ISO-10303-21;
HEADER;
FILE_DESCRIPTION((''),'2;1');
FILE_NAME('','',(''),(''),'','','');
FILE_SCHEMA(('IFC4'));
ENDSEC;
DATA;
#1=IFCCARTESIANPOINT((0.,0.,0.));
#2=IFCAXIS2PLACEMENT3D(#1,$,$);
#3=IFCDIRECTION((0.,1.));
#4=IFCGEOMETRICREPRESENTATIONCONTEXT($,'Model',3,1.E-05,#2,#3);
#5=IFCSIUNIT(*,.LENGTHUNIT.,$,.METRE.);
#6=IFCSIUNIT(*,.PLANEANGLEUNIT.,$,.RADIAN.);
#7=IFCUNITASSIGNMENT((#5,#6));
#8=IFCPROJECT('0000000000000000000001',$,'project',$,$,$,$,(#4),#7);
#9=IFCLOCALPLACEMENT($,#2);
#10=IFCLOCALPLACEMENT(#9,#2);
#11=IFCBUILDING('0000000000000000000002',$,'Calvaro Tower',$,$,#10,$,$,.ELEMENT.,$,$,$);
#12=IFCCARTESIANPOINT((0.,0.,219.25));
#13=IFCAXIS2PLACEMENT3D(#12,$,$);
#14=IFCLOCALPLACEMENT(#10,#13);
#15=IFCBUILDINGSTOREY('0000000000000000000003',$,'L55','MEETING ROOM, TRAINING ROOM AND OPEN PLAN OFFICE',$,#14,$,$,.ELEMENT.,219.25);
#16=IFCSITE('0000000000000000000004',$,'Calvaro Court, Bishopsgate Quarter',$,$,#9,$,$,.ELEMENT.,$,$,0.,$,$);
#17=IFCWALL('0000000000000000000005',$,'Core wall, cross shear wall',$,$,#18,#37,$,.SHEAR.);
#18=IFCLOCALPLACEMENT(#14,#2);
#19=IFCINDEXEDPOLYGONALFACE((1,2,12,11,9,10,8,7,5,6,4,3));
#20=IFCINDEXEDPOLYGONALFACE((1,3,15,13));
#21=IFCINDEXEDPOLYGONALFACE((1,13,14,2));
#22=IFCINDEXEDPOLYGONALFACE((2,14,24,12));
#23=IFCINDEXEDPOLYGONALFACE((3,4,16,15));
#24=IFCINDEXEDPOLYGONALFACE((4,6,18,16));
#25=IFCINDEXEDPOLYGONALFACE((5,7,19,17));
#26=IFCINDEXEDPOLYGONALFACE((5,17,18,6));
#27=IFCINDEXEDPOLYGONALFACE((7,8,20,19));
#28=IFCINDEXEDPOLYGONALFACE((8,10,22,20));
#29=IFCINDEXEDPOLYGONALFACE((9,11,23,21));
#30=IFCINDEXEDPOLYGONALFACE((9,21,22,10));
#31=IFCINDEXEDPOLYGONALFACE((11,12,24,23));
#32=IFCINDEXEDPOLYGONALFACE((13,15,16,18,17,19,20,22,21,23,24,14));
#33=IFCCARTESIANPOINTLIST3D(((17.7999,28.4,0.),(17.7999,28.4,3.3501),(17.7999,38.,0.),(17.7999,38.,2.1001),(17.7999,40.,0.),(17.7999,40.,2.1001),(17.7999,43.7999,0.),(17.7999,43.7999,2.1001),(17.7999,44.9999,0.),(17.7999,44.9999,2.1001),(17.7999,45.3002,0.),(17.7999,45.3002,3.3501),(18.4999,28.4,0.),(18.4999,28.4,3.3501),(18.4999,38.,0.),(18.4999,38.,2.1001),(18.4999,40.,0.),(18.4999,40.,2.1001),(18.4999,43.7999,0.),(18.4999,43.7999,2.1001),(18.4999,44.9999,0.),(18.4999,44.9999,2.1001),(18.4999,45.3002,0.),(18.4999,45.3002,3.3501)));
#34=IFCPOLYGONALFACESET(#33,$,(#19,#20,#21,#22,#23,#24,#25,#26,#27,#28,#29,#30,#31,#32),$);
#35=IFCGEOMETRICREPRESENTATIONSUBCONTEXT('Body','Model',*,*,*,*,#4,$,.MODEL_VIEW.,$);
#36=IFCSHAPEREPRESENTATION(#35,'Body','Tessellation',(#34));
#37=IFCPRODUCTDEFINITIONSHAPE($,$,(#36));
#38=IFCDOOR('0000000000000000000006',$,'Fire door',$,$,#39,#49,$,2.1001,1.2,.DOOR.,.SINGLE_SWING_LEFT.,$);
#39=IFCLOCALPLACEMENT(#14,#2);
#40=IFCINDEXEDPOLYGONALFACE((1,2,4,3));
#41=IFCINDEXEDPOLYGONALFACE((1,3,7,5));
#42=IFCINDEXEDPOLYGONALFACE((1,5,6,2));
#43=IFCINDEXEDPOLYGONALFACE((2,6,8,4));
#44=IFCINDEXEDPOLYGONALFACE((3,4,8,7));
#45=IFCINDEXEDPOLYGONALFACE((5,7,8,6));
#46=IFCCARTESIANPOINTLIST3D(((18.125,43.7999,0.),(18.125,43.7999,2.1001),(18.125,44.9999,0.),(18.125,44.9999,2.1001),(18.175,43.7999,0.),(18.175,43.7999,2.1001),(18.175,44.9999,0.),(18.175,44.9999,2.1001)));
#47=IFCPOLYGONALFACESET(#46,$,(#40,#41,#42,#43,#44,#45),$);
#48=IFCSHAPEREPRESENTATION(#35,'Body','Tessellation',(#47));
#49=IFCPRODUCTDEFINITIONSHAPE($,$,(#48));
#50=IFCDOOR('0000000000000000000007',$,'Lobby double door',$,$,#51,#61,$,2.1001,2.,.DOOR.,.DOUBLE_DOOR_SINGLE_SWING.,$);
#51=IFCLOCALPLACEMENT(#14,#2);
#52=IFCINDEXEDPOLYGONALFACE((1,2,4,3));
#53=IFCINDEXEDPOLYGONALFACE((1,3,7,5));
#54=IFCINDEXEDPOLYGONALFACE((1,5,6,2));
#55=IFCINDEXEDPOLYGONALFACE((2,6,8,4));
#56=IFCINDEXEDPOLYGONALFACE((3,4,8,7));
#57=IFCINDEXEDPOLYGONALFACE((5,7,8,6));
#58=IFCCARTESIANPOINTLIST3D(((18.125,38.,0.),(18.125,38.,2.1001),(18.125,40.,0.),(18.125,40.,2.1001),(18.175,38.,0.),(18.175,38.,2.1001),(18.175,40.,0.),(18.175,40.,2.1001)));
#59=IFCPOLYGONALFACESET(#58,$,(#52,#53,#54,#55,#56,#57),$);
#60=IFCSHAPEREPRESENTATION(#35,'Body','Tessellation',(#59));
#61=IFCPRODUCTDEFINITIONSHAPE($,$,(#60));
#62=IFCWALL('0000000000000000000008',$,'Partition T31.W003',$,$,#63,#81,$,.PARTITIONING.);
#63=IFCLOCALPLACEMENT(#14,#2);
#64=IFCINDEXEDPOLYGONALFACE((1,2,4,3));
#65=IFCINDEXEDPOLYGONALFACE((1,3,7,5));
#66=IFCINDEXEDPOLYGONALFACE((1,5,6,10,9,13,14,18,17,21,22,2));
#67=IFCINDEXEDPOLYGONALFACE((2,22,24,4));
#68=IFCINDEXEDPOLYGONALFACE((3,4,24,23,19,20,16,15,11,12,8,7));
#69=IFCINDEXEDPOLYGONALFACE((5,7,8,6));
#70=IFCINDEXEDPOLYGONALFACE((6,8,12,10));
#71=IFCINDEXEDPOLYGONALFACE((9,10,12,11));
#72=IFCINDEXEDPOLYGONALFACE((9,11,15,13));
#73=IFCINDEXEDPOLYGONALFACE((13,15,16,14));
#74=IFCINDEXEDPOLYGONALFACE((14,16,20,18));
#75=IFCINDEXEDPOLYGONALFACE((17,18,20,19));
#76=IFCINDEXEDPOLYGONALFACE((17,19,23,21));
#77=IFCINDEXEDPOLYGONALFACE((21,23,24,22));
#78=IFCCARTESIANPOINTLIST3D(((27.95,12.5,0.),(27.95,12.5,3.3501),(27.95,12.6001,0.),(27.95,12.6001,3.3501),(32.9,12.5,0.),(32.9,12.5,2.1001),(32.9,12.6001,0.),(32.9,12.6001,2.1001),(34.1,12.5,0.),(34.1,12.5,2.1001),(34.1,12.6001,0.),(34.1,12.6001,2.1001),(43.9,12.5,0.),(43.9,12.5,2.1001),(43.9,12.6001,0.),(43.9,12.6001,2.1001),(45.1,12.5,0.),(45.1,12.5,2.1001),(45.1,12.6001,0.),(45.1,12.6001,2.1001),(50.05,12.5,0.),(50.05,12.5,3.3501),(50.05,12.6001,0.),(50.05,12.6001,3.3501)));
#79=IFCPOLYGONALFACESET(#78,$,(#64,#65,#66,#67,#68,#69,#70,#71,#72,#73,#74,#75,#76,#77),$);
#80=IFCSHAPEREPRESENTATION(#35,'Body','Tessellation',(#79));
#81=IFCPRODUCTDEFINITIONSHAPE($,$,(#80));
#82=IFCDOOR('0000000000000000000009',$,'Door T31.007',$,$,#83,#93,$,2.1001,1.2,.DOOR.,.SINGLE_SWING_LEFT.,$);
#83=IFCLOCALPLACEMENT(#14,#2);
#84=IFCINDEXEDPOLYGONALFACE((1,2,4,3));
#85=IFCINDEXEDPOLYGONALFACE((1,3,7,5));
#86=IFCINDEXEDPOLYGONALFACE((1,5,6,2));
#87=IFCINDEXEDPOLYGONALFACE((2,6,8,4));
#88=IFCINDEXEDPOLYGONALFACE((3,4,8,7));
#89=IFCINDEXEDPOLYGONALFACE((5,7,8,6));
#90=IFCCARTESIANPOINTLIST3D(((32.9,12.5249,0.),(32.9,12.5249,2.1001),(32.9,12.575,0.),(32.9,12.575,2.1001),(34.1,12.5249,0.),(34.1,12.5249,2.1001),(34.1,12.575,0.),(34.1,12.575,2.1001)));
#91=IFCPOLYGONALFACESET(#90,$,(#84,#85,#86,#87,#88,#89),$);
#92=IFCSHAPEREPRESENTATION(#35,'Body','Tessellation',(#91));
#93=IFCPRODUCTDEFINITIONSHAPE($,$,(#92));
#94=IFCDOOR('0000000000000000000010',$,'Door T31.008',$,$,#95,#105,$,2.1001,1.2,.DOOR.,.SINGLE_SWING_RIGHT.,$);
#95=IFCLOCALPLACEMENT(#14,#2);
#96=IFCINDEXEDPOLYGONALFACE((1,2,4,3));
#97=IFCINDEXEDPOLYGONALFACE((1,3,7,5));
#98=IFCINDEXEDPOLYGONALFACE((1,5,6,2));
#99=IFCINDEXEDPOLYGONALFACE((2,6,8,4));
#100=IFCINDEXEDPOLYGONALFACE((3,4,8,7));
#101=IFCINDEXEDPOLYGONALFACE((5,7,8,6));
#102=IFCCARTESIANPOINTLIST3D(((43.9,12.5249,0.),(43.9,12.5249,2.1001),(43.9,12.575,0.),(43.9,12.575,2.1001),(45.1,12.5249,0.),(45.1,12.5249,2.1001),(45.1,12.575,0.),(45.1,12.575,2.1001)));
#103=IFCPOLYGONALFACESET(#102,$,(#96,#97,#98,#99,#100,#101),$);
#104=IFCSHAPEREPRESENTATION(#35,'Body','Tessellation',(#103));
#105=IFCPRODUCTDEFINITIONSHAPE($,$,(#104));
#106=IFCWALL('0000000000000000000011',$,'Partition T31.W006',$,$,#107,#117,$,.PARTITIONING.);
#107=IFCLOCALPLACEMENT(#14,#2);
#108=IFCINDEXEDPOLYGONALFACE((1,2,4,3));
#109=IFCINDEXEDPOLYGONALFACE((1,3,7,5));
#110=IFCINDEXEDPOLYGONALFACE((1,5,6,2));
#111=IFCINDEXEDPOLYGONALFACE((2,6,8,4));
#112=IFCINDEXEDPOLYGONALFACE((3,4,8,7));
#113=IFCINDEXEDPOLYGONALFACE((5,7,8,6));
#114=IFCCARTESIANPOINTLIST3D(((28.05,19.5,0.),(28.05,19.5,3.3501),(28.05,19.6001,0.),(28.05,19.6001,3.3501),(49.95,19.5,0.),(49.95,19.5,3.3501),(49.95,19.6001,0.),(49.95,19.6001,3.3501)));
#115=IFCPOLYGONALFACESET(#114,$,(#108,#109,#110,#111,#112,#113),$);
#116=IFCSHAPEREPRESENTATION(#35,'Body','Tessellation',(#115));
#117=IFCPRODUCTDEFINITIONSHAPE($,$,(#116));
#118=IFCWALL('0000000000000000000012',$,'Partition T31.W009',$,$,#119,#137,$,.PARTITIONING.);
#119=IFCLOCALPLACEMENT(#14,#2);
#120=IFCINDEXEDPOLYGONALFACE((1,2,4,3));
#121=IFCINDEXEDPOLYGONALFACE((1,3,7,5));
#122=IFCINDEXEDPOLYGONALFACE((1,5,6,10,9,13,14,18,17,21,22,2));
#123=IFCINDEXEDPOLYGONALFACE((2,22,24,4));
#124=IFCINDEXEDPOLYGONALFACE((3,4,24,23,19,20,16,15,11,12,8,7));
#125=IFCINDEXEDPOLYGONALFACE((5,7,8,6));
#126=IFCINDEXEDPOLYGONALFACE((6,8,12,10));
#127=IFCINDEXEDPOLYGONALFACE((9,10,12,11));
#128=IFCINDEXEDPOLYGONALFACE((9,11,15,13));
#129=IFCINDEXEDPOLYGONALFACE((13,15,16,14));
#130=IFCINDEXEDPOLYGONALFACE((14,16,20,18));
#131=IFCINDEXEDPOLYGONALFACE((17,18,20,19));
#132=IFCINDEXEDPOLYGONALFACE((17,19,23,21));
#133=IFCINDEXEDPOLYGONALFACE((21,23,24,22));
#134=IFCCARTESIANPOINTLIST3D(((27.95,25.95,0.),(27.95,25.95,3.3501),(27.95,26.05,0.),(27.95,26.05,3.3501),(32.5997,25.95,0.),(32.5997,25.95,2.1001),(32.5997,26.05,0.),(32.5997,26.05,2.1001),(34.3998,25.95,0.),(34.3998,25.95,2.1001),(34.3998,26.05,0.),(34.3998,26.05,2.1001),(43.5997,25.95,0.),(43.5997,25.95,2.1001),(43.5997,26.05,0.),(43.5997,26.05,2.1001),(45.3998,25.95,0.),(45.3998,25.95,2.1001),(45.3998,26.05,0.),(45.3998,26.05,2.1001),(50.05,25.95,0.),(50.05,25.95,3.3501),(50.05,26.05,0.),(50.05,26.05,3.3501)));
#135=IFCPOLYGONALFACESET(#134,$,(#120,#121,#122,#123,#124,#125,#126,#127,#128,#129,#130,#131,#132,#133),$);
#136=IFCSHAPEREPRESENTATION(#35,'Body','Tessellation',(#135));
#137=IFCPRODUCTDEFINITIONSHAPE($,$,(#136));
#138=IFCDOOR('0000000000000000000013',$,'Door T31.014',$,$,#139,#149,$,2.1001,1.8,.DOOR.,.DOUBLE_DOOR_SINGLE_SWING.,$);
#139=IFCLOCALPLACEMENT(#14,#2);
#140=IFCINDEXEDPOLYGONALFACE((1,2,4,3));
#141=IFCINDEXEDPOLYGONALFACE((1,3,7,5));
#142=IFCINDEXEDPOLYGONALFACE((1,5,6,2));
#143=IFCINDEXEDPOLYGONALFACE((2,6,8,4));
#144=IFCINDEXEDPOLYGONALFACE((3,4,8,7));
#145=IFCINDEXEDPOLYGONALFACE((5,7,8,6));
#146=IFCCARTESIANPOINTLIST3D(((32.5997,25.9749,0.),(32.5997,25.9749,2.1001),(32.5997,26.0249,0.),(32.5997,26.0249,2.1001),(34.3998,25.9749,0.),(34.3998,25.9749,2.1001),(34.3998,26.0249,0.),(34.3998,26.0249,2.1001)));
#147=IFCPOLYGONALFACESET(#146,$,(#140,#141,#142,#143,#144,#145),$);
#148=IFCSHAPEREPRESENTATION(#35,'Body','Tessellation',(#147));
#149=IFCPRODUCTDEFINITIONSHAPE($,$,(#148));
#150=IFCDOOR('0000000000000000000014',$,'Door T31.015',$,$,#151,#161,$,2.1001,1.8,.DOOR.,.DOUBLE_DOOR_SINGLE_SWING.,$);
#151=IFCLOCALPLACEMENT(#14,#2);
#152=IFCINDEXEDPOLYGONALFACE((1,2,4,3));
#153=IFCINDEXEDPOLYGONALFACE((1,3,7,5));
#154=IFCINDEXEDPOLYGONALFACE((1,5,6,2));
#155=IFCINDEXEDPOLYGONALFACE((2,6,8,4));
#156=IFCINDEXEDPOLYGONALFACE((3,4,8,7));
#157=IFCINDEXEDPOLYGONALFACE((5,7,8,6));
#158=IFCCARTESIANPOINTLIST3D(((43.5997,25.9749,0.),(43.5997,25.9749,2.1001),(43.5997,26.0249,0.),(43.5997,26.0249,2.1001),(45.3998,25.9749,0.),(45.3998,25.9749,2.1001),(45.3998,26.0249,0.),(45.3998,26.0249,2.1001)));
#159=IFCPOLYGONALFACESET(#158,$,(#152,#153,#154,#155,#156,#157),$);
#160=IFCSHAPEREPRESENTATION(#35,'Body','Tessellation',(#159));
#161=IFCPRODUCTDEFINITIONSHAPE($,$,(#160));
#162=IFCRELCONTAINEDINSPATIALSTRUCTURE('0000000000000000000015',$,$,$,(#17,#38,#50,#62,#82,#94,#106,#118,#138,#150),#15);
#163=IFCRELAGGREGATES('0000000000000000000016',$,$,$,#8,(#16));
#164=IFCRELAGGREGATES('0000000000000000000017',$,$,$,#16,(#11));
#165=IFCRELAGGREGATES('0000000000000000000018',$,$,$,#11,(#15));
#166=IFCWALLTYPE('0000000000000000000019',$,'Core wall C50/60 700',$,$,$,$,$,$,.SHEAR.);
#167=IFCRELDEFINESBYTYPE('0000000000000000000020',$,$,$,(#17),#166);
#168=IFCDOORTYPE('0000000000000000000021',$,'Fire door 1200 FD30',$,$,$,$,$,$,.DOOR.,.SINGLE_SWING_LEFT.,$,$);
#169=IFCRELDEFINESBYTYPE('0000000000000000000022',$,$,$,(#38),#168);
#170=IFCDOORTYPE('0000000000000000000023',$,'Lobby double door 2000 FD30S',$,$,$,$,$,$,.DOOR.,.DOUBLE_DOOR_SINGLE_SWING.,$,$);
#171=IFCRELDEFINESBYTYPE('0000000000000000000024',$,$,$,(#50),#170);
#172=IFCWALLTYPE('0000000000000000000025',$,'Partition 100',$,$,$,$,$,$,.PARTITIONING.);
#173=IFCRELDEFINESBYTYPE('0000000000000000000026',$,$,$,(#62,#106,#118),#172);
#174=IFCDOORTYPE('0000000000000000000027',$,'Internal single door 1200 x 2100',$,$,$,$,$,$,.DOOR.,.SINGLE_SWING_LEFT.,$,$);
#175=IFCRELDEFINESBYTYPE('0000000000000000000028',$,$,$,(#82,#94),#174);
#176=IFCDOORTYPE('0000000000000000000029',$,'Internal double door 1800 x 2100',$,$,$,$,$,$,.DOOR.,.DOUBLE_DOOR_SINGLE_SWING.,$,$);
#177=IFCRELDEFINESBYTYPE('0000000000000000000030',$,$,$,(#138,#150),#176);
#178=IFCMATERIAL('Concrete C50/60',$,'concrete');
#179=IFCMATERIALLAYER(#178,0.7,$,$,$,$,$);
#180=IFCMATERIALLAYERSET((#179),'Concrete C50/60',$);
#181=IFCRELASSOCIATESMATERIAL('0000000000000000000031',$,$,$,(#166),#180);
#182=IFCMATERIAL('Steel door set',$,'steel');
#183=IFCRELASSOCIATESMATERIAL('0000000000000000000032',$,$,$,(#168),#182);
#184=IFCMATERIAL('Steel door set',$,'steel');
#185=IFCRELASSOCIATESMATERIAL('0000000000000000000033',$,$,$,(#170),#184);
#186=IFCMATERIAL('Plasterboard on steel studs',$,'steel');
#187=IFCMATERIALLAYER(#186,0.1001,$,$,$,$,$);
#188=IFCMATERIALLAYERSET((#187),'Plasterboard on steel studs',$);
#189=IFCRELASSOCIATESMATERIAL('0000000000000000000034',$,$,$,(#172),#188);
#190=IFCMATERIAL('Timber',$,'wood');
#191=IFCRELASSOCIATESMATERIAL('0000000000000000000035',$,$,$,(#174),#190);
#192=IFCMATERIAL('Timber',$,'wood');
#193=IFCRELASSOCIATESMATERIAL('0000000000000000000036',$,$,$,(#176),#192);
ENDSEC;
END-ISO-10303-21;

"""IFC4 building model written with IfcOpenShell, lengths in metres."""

from ifc_helpers import new_model, si_unit, direction, frame, frame_2d, origin, place, context, subcontext, project, spatial, rectangle, extrude, material, layer, layer_set, type_object, element, fill, save


model = new_model("IFC4")

# Units and contexts
model_context = context("Model", 3, precision=1e-05, world=origin(), true_north=direction((0.0, 1.0)))
body_context = subcontext(model_context, "Body", "Model", "MODEL_VIEW")
ifc_project = project(units=[si_unit("LENGTHUNIT", "METRE"), si_unit("PLANEANGLEUNIT", "RADIAN")], contexts=[model_context])

# Site, building, storey
site_placement = place(None, origin())
site = spatial("IfcSite", under=ifc_project, at=site_placement, Name="Calvaro Court, Bishopsgate Quarter", CompositionType="ELEMENT", RefElevation=0.0)
building_placement = place(site_placement, origin())
building = spatial("IfcBuilding", under=site, at=building_placement, Name="Calvaro Tower", CompositionType="ELEMENT")
storey_placement = place(building_placement, frame((0.0, 0.0, 219.25)))
storey = spatial("IfcBuildingStorey", under=building, at=storey_placement, Name="L55", Description="MEETING ROOM, TRAINING ROOM AND OPEN PLAN OFFICE", CompositionType="ELEMENT", Elevation=219.25)

# Walls, openings, doors
ifc_material_1 = material(Name="Concrete C50/60", Category="concrete")
ifc_layer_1 = layer(ifc_material_1, 0.7)
ifc_layer_set_1 = layer_set([ifc_layer_1], Name="Concrete C50/60")
wall_type_1 = type_object("IfcWallType", Name="Core wall C50/60 700", PredefinedType="SHEAR", material=ifc_layer_set_1)
wall_1_placement = place(storey_placement, frame((18.1499, 28.3999, 0.0), z_axis=(0.0, 0.0, 1.0), x_axis=(0.0, 1.0, 0.0)))
wall_1 = element("IfcWall", 1, at=wall_1_placement, inside=storey, type_object=wall_type_1, Name="Core wall, cross shear wall", PredefinedType="SHEAR", context=body_context, shape_type="SweptSolid", body=[
    extrude(rectangle(XDim=16.9001, YDim=0.7, at=frame_2d((8.4502, 0.0))), origin(), (0.0, 0.0, 1.0), 3.3501),
])
opening_1_placement = place(wall_1_placement, frame((9.6001, 0.0, 0.0)))
opening_1 = element("IfcOpeningElement", 2, at=opening_1_placement, cuts=wall_1, PredefinedType="OPENING", context=body_context, shape_type="SweptSolid", body=[
    extrude(rectangle(XDim=2.0, YDim=2.1001, at=frame_2d((1.0, 1.05))), frame((0.0, 0.3599, 0.0), z_axis=(0.0, -1.0, 0.0), x_axis=(1.0, 0.0, 0.0)), (0.0, 0.0, 1.0), 0.72),
])
opening_2_placement = place(wall_1_placement, frame((15.3999, 0.0, 0.0)))
opening_2 = element("IfcOpeningElement", 3, at=opening_2_placement, cuts=wall_1, PredefinedType="OPENING", context=body_context, shape_type="SweptSolid", body=[
    extrude(rectangle(XDim=1.2, YDim=2.1001, at=frame_2d((0.6001, 1.05))), frame((0.0, 0.3599, 0.0), z_axis=(0.0, -1.0, 0.0), x_axis=(1.0, 0.0, 0.0)), (0.0, 0.0, 1.0), 0.72),
])
ifc_material_2 = material(Name="Steel door set", Category="steel")
door_type_1 = type_object("IfcDoorType", Name="Fire door 1200 FD30", OperationType="SINGLE_SWING_LEFT", PredefinedType="DOOR", material=ifc_material_2)
door_1_placement = place(opening_2_placement, origin())
door_1 = element("IfcDoor", 4, at=door_1_placement, inside=storey, type_object=door_type_1, Name="Fire door", OperationType="SINGLE_SWING_LEFT", OverallHeight=2.1001, OverallWidth=1.2, PredefinedType="DOOR", context=body_context, shape_type="SweptSolid", body=[
    extrude(rectangle(XDim=1.2, YDim=2.1001, at=frame_2d((0.6001, 1.05))), frame((0.0, 0.0249, 0.0), z_axis=(0.0, -1.0, 0.0), x_axis=(1.0, 0.0, 0.0)), (0.0, 0.0, 1.0), 0.05),
])
fill(opening_2, door_1)
ifc_material_3 = material(Name="Steel door set", Category="steel")
door_type_2 = type_object("IfcDoorType", Name="Lobby double door 2000 FD30S", OperationType="DOUBLE_DOOR_SINGLE_SWING", PredefinedType="DOOR", material=ifc_material_3)
door_2_placement = place(opening_1_placement, origin())
door_2 = element("IfcDoor", 5, at=door_2_placement, inside=storey, type_object=door_type_2, Name="Lobby double door", OperationType="DOUBLE_DOOR_SINGLE_SWING", OverallHeight=2.1001, OverallWidth=2.0, PredefinedType="DOOR", context=body_context, shape_type="SweptSolid", body=[
    extrude(rectangle(XDim=2.0, YDim=2.1001, at=frame_2d((1.0, 1.05))), frame((0.0, 0.0249, 0.0), z_axis=(0.0, -1.0, 0.0), x_axis=(1.0, 0.0, 0.0)), (0.0, 0.0, 1.0), 0.05),
])
fill(opening_1, door_2)
ifc_material_4 = material(Name="Plasterboard on steel studs", Category="steel")
ifc_layer_2 = layer(ifc_material_4, 0.1001)
ifc_layer_set_2 = layer_set([ifc_layer_2], Name="Plasterboard on steel studs")
wall_type_2 = type_object("IfcWallType", Name="Partition 100", PredefinedType="PARTITIONING", material=ifc_layer_set_2)
wall_2_placement = place(storey_placement, frame((27.95, 12.55, 0.0), z_axis=(0.0, 0.0, 1.0), x_axis=(1.0, 0.0, 0.0)))
wall_2 = element("IfcWall", 6, at=wall_2_placement, inside=storey, type_object=wall_type_2, Name="Partition T31.W003", PredefinedType="PARTITIONING", context=body_context, shape_type="SweptSolid", body=[
    extrude(rectangle(XDim=22.1001, YDim=0.1001, at=frame_2d((11.05, 0.0))), origin(), (0.0, 0.0, 1.0), 3.3501),
])
opening_3_placement = place(wall_2_placement, frame((4.95, 0.0, 0.0)))
opening_3 = element("IfcOpeningElement", 7, at=opening_3_placement, cuts=wall_2, PredefinedType="OPENING", context=body_context, shape_type="SweptSolid", body=[
    extrude(rectangle(XDim=1.2, YDim=2.1001, at=frame_2d((0.6001, 1.05))), frame((0.0, 0.0601, 0.0), z_axis=(0.0, -1.0, 0.0), x_axis=(1.0, 0.0, 0.0)), (0.0, 0.0, 1.0), 0.1201),
])
opening_4_placement = place(wall_2_placement, frame((15.95, 0.0, 0.0)))
opening_4 = element("IfcOpeningElement", 8, at=opening_4_placement, cuts=wall_2, PredefinedType="OPENING", context=body_context, shape_type="SweptSolid", body=[
    extrude(rectangle(XDim=1.2, YDim=2.1001, at=frame_2d((0.6001, 1.05))), frame((0.0, 0.0601, 0.0), z_axis=(0.0, -1.0, 0.0), x_axis=(1.0, 0.0, 0.0)), (0.0, 0.0, 1.0), 0.1201),
])
ifc_material_5 = material(Name="Timber", Category="wood")
door_type_3 = type_object("IfcDoorType", Name="Internal single door 1200 x 2100", OperationType="SINGLE_SWING_LEFT", PredefinedType="DOOR", material=ifc_material_5)
door_3_placement = place(opening_3_placement, origin())
door_3 = element("IfcDoor", 9, at=door_3_placement, inside=storey, type_object=door_type_3, Name="Door T31.007", OperationType="SINGLE_SWING_LEFT", OverallHeight=2.1001, OverallWidth=1.2, PredefinedType="DOOR", context=body_context, shape_type="SweptSolid", body=[
    extrude(rectangle(XDim=1.2, YDim=2.1001, at=frame_2d((0.6001, 1.05))), frame((0.0, 0.0249, 0.0), z_axis=(0.0, -1.0, 0.0), x_axis=(1.0, 0.0, 0.0)), (0.0, 0.0, 1.0), 0.05),
])
fill(opening_3, door_3)
door_4_placement = place(opening_4_placement, origin())
door_4 = element("IfcDoor", 10, at=door_4_placement, inside=storey, type_object=door_type_3, Name="Door T31.008", OperationType="SINGLE_SWING_RIGHT", OverallHeight=2.1001, OverallWidth=1.2, PredefinedType="DOOR", context=body_context, shape_type="SweptSolid", body=[
    extrude(rectangle(XDim=1.2, YDim=2.1001, at=frame_2d((0.6001, 1.05))), frame((0.0, 0.0249, 0.0), z_axis=(0.0, -1.0, 0.0), x_axis=(1.0, 0.0, 0.0)), (0.0, 0.0, 1.0), 0.05),
])
fill(opening_4, door_4)

# Wall
wall_3_placement = place(storey_placement, frame((28.05, 19.55, 0.0), z_axis=(0.0, 0.0, 1.0), x_axis=(1.0, 0.0, 0.0)))
element("IfcWall", 11, at=wall_3_placement, inside=storey, type_object=wall_type_2, Name="Partition T31.W006", PredefinedType="PARTITIONING", context=body_context, shape_type="SweptSolid", body=[
    extrude(rectangle(XDim=21.8999, YDim=0.1001, at=frame_2d((10.95, 0.0))), origin(), (0.0, 0.0, 1.0), 3.3501),
])

# Wall, openings, doors
wall_4_placement = place(storey_placement, frame((27.95, 26.0, 0.0), z_axis=(0.0, 0.0, 1.0), x_axis=(1.0, 0.0, 0.0)))
wall_4 = element("IfcWall", 12, at=wall_4_placement, inside=storey, type_object=wall_type_2, Name="Partition T31.W009", PredefinedType="PARTITIONING", context=body_context, shape_type="SweptSolid", body=[
    extrude(rectangle(XDim=22.1001, YDim=0.1001, at=frame_2d((11.05, 0.0))), origin(), (0.0, 0.0, 1.0), 3.3501),
])
opening_5_placement = place(wall_4_placement, frame((4.6499, 0.0, 0.0)))
opening_5 = element("IfcOpeningElement", 13, at=opening_5_placement, cuts=wall_4, PredefinedType="OPENING", context=body_context, shape_type="SweptSolid", body=[
    extrude(rectangle(XDim=1.8, YDim=2.1001, at=frame_2d((0.8999, 1.05))), frame((0.0, 0.0601, 0.0), z_axis=(0.0, -1.0, 0.0), x_axis=(1.0, 0.0, 0.0)), (0.0, 0.0, 1.0), 0.1201),
])
opening_6_placement = place(wall_4_placement, frame((15.6499, 0.0, 0.0)))
opening_6 = element("IfcOpeningElement", 14, at=opening_6_placement, cuts=wall_4, PredefinedType="OPENING", context=body_context, shape_type="SweptSolid", body=[
    extrude(rectangle(XDim=1.8, YDim=2.1001, at=frame_2d((0.8999, 1.05))), frame((0.0, 0.0601, 0.0), z_axis=(0.0, -1.0, 0.0), x_axis=(1.0, 0.0, 0.0)), (0.0, 0.0, 1.0), 0.1201),
])
ifc_material_6 = material(Name="Timber", Category="wood")
door_type_4 = type_object("IfcDoorType", Name="Internal double door 1800 x 2100", OperationType="DOUBLE_DOOR_SINGLE_SWING", PredefinedType="DOOR", material=ifc_material_6)
door_5_placement = place(opening_5_placement, origin())
door_5 = element("IfcDoor", 15, at=door_5_placement, inside=storey, type_object=door_type_4, Name="Door T31.014", OperationType="DOUBLE_DOOR_SINGLE_SWING", OverallHeight=2.1001, OverallWidth=1.8, PredefinedType="DOOR", context=body_context, shape_type="SweptSolid", body=[
    extrude(rectangle(XDim=1.8, YDim=2.1001, at=frame_2d((0.8999, 1.05))), frame((0.0, 0.0249, 0.0), z_axis=(0.0, -1.0, 0.0), x_axis=(1.0, 0.0, 0.0)), (0.0, 0.0, 1.0), 0.05),
])
fill(opening_5, door_5)
door_6_placement = place(opening_6_placement, origin())
door_6 = element("IfcDoor", 16, at=door_6_placement, inside=storey, type_object=door_type_4, Name="Door T31.015", OperationType="DOUBLE_DOOR_SINGLE_SWING", OverallHeight=2.1001, OverallWidth=1.8, PredefinedType="DOOR", context=body_context, shape_type="SweptSolid", body=[
    extrude(rectangle(XDim=1.8, YDim=2.1001, at=frame_2d((0.8999, 1.05))), frame((0.0, 0.0249, 0.0), z_axis=(0.0, -1.0, 0.0), x_axis=(1.0, 0.0, 0.0)), (0.0, 0.0, 1.0), 0.05),
])
fill(opening_6, door_6)

save(model, "model.ifc")
